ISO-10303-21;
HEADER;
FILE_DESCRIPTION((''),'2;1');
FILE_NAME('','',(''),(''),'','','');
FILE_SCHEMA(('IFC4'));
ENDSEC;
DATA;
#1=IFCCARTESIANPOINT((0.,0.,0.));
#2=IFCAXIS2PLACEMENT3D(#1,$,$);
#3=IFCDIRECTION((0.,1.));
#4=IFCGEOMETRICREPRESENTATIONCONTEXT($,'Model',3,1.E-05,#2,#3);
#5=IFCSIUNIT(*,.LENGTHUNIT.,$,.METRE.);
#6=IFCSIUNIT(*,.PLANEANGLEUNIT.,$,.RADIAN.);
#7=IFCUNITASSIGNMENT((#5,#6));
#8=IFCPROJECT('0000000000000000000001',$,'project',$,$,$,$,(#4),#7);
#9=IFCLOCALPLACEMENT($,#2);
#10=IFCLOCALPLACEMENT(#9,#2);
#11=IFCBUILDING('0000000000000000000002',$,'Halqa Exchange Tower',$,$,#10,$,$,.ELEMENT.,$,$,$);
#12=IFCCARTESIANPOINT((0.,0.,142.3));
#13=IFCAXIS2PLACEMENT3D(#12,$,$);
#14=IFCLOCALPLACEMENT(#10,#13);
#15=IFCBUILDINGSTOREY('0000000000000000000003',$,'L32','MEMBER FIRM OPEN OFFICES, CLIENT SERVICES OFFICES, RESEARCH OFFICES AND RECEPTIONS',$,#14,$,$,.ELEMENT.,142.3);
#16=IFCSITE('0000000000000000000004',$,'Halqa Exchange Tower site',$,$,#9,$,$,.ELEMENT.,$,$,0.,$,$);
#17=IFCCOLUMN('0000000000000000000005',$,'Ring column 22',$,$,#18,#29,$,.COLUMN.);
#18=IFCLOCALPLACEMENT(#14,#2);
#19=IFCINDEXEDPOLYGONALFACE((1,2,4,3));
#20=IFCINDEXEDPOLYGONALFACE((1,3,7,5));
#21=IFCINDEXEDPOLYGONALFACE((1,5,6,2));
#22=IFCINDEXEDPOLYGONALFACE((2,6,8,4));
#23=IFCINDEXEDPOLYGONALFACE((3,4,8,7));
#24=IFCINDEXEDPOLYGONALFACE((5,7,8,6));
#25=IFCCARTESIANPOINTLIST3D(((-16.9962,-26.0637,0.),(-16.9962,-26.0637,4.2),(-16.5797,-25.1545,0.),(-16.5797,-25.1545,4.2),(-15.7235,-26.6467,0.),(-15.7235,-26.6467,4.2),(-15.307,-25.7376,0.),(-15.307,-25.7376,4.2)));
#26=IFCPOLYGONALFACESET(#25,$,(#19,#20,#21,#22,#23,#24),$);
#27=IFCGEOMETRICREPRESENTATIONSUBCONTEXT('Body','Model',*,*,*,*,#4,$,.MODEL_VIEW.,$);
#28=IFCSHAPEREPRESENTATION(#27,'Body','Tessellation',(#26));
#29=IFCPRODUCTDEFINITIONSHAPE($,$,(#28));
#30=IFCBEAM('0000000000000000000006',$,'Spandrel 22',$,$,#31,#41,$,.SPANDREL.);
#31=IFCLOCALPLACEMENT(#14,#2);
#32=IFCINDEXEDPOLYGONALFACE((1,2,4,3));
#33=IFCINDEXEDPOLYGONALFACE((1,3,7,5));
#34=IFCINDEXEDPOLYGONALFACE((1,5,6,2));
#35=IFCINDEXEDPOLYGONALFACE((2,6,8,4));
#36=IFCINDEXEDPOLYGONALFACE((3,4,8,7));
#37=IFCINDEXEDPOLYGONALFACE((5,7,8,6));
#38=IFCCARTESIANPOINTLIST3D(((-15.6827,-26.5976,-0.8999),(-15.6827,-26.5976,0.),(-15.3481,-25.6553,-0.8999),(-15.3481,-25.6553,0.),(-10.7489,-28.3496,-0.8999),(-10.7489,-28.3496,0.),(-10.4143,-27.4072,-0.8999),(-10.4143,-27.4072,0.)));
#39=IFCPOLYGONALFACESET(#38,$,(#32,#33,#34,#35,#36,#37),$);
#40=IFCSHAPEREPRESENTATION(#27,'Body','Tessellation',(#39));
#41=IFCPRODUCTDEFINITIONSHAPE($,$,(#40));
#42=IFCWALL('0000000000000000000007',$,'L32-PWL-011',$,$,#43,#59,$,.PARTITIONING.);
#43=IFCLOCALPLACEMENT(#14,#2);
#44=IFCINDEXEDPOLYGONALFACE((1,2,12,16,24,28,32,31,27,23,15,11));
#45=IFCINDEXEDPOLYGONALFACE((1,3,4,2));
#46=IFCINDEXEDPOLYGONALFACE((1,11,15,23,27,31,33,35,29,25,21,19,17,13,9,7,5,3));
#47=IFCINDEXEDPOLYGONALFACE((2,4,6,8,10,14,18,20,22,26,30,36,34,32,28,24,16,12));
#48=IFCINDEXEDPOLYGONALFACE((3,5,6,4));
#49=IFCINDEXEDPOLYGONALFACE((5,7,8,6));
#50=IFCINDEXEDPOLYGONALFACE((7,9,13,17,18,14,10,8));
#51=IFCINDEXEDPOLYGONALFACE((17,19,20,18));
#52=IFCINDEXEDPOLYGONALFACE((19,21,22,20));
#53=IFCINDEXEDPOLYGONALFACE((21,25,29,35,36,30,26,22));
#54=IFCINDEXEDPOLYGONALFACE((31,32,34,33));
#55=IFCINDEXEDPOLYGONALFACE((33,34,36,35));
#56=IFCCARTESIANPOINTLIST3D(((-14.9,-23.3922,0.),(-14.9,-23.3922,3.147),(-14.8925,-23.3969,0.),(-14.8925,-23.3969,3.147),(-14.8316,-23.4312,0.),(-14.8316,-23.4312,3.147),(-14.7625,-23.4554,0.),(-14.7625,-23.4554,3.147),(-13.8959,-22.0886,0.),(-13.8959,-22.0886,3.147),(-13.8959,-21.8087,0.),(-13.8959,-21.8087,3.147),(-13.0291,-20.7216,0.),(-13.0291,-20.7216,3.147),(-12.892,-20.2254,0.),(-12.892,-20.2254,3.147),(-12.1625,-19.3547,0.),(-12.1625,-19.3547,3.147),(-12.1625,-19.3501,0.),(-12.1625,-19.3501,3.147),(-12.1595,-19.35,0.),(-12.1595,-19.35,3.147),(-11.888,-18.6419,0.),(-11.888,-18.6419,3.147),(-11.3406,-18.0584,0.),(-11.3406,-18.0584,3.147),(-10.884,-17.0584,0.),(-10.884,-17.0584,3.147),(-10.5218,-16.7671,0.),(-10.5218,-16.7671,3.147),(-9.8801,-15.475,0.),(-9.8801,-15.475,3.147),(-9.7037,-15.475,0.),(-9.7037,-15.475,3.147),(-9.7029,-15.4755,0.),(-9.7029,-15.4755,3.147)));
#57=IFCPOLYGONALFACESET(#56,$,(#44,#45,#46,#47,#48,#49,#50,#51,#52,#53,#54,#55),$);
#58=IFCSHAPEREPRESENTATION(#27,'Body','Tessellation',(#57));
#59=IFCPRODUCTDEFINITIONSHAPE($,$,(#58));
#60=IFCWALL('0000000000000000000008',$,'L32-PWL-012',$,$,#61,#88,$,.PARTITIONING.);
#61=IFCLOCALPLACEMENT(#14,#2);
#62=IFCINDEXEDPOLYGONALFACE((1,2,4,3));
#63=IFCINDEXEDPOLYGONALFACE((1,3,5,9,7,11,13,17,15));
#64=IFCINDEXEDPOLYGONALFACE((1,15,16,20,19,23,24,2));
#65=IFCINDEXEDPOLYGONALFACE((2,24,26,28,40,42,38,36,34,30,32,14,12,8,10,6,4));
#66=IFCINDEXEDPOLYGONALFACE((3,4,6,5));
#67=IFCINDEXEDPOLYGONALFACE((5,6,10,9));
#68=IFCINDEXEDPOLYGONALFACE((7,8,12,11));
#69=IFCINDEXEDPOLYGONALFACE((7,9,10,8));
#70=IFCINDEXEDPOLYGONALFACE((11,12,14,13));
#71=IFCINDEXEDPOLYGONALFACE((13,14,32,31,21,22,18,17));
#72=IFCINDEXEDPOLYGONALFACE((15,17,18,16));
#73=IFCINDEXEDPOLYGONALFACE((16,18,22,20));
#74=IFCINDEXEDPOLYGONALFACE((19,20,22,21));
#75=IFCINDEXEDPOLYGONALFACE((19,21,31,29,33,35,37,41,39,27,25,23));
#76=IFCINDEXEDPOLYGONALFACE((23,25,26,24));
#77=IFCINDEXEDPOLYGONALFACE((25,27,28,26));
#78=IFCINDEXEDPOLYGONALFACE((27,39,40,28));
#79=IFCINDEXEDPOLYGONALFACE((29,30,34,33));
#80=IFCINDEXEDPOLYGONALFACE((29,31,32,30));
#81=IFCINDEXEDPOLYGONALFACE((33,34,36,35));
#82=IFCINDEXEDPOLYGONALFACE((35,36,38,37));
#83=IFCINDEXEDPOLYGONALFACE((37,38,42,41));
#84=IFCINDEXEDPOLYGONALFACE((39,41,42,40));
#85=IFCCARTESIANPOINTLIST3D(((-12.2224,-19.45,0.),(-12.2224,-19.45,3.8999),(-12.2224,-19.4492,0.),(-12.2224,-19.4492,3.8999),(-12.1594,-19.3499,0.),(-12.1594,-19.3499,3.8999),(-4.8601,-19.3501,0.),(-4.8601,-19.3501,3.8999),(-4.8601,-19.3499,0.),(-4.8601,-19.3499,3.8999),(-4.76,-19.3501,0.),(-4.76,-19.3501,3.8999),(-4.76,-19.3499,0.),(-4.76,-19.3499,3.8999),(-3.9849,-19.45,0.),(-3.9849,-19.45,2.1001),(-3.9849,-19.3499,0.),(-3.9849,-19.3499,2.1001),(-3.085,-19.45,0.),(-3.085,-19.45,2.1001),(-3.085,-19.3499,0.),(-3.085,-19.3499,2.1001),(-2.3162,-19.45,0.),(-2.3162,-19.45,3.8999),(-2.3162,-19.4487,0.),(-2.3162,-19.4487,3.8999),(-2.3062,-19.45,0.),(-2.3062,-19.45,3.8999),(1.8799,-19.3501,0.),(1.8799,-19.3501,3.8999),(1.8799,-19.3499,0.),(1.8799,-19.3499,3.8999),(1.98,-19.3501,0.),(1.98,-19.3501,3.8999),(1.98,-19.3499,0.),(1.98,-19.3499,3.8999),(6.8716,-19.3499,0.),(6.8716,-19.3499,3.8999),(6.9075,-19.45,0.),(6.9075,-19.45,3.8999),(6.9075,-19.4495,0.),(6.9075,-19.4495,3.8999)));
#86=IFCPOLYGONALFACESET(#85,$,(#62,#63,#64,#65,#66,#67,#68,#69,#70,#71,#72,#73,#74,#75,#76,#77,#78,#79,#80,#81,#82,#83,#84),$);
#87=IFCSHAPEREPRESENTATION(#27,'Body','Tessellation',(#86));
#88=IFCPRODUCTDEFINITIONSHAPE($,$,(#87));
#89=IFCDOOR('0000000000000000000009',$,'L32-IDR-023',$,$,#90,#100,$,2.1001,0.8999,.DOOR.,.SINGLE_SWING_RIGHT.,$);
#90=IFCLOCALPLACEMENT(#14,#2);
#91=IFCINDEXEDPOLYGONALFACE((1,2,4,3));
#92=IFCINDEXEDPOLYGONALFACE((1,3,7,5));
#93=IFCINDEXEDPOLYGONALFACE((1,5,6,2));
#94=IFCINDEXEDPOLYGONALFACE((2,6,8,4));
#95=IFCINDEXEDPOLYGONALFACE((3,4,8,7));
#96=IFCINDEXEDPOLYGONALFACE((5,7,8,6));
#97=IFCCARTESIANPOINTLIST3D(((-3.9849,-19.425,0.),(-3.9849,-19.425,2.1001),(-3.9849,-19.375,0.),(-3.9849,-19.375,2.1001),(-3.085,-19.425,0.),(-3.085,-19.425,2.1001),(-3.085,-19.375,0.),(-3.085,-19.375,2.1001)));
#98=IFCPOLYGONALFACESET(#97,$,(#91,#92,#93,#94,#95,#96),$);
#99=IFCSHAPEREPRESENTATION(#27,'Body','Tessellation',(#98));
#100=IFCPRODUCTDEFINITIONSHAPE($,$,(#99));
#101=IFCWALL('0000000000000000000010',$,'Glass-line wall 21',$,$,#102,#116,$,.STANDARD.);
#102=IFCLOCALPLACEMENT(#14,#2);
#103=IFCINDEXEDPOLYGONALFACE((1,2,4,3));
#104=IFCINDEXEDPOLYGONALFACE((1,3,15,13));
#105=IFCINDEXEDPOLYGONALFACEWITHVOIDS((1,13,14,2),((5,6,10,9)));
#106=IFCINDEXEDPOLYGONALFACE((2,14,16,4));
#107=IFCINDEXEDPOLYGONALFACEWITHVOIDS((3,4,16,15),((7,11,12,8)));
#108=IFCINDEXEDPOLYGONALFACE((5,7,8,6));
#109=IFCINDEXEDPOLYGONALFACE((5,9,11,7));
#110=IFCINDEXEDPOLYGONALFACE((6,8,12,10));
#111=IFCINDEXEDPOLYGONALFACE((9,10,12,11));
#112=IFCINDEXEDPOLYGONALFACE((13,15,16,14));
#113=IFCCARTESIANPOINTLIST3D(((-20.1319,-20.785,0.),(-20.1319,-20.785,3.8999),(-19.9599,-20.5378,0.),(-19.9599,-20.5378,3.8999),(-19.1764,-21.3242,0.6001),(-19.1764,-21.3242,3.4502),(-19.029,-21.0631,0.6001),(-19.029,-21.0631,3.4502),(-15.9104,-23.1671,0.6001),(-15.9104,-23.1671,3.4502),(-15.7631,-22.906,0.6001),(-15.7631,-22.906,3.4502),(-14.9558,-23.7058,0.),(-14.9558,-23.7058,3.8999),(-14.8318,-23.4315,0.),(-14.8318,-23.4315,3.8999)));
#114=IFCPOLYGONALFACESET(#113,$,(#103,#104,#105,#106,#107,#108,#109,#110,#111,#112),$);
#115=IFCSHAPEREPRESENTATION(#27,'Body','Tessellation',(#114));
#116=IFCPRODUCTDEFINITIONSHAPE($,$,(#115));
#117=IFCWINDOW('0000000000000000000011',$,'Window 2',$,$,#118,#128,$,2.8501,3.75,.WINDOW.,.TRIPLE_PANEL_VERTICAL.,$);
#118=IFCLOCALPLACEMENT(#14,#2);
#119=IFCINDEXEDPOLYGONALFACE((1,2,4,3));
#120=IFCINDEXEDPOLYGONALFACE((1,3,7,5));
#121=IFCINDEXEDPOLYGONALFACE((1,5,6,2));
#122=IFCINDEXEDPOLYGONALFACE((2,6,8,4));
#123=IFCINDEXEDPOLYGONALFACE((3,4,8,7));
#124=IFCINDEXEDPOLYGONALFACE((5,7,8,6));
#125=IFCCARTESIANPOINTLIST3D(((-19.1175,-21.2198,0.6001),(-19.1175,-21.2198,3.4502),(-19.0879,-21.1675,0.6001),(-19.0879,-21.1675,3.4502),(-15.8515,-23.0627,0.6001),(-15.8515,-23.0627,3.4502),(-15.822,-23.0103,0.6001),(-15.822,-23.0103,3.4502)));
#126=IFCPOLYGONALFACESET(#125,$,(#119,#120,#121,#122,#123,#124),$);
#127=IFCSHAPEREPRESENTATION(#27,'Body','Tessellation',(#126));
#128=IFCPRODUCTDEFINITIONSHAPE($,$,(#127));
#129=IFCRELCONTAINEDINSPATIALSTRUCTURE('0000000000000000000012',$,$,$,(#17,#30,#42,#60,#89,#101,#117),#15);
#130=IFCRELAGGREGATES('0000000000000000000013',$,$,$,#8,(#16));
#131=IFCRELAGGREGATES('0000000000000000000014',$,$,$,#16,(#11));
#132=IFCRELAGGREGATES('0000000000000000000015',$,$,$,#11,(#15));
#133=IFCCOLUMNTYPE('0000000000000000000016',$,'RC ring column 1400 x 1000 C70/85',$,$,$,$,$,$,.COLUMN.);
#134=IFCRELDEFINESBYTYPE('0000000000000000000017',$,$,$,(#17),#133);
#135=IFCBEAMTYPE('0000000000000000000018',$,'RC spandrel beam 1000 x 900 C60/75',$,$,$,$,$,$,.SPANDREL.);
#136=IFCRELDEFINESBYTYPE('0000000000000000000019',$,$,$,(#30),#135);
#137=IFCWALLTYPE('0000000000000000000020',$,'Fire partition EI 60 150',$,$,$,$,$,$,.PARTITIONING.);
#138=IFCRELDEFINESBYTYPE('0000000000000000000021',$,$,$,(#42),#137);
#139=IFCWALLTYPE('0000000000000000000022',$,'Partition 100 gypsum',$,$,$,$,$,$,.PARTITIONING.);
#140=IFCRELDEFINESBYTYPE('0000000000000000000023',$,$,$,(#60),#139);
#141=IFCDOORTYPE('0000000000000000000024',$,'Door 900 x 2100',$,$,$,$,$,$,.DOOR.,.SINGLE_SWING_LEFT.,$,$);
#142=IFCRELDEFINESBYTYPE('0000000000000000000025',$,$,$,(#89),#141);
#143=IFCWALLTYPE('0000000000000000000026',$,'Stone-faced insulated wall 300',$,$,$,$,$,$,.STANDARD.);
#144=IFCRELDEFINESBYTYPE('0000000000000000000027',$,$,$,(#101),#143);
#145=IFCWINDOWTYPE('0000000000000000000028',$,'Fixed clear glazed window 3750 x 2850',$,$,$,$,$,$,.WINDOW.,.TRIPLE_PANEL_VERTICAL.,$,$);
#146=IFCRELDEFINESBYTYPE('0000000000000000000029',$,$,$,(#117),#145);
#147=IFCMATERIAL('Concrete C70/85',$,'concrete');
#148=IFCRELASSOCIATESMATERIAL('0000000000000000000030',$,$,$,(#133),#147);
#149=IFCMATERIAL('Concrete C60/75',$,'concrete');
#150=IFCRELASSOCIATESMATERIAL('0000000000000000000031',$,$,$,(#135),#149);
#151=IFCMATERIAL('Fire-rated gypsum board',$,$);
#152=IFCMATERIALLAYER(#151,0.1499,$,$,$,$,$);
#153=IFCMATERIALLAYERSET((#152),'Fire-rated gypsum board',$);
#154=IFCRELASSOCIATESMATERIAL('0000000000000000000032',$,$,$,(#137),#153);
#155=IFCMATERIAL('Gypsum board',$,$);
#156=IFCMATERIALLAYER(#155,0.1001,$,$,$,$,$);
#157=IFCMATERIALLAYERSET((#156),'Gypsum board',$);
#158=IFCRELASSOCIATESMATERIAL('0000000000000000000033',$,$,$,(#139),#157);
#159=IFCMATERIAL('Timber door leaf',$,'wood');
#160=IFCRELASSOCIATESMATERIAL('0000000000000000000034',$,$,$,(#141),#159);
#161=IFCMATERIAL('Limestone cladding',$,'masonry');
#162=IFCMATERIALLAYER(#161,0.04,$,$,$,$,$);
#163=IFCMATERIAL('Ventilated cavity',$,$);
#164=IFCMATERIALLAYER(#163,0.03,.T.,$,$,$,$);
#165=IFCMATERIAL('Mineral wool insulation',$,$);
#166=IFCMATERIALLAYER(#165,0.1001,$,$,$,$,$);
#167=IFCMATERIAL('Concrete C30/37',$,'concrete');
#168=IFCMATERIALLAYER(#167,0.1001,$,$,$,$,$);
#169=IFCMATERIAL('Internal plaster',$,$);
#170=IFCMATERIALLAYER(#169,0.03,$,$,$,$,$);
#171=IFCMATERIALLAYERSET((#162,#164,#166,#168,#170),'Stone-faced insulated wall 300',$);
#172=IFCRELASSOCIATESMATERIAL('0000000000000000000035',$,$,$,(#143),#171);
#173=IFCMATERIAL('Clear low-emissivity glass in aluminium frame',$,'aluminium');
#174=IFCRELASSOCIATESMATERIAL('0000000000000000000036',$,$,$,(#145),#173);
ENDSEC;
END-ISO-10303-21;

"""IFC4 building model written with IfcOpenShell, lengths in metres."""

from ifc_helpers import new_model, si_unit, direction, frame, frame_2d, origin, origin_2d, place, context, subcontext, project, spatial, polyline, rectangle, outline, extrude, material, layer, layer_set, material_profile, profile_set, type_object, element, fill, save


model = new_model("IFC4")

# Units and contexts
model_context = context("Model", 3, precision=1e-05, world=origin(), true_north=direction((0.0, 1.0)))
body_context = subcontext(model_context, "Body", "Model", "MODEL_VIEW")
ifc_project = project(units=[si_unit("LENGTHUNIT", "METRE"), si_unit("PLANEANGLEUNIT", "RADIAN")], contexts=[model_context])

# Site, building, storey
site_placement = place(None, origin())
site = spatial("IfcSite", under=ifc_project, at=site_placement, Name="Halqa Exchange Tower site", CompositionType="ELEMENT", RefElevation=0.0)
building_placement = place(site_placement, origin())
building = spatial("IfcBuilding", under=site, at=building_placement, Name="Halqa Exchange Tower", CompositionType="ELEMENT")
storey_placement = place(building_placement, frame((0.0, 0.0, 142.3)))
storey = spatial("IfcBuildingStorey", under=building, at=storey_placement, Name="L32", Description="MEMBER FIRM OPEN OFFICES, CLIENT SERVICES OFFICES, RESEARCH OFFICES AND RECEPTIONS", CompositionType="ELEMENT", Elevation=142.3)

# Column
ifc_material_1 = material(Name="Concrete C70/85", Category="concrete")
ifc_material_profile_1 = material_profile(ifc_material_1, rectangle(XDim=1.3999, YDim=1.0, at=origin_2d()), Name="1400 x 1000")
ifc_profile_set_1 = profile_set([ifc_material_profile_1], Name="Concrete C70/85")
column_type = type_object("IfcColumnType", Name="RC ring column 1400 x 1000 C70/85", PredefinedType="COLUMN", material=ifc_profile_set_1)
column_placement = place(storey_placement, frame((-16.1516, -25.9006, 0.0), z_axis=(0.0, 0.0, 1.0), x_axis=(0.909127, -0.416519, 0.0)))
element("IfcColumn", 1, at=column_placement, inside=storey, type_object=column_type, Name="Ring column 22", PredefinedType="COLUMN", context=body_context, shape_type="SweptSolid", body=[
    extrude(rectangle(XDim=1.3999, YDim=1.0, at=origin_2d()), origin(), (0.0, 0.0, 1.0), 4.2),
])

# Beam
ifc_material_2 = material(Name="Concrete C60/75", Category="concrete")
ifc_material_profile_2 = material_profile(ifc_material_2, rectangle(XDim=1.0, YDim=0.8999, at=origin_2d()), Name="1000 x 900")
ifc_profile_set_2 = profile_set([ifc_material_profile_2], Name="Concrete C60/75")
beam_type = type_object("IfcBeamType", Name="RC spandrel beam 1000 x 900 C60/75", PredefinedType="SPANDREL", material=ifc_profile_set_2)
beam_placement = place(storey_placement, frame((-15.5154, -26.1265, -0.45), z_axis=(0.942353, -0.33462, 0.0), x_axis=(0.33462, 0.942353, 0.0)))
element("IfcBeam", 2, at=beam_placement, inside=storey, type_object=beam_type, Name="Spandrel 22", PredefinedType="SPANDREL", context=body_context, shape_type="SweptSolid", body=[
    extrude(rectangle(XDim=1.0, YDim=0.8999, at=origin_2d()), origin(), (0.0, 0.0, 1.0), 5.2356),
])

# Shared definitions
ifc_material_3 = material(Name="Fire-rated gypsum board")
ifc_layer_1 = layer(ifc_material_3, 0.1499)
ifc_layer_set_1 = layer_set([ifc_layer_1], Name="Fire-rated gypsum board")
wall_type_1 = type_object("IfcWallType", Name="Fire partition EI 60 150", PredefinedType="PARTITIONING", material=ifc_layer_set_1)

# Wall
wall_1_placement = place(storey_placement, frame((-14.8367, -23.4324, 0.0), z_axis=(0.0, 0.0, 1.0), x_axis=(0.535485, 0.844545, 0.0)))
element("IfcWall", 3, at=wall_1_placement, inside=storey, type_object=wall_type_1, Name="L32-PWL-011", PredefinedType="PARTITIONING", context=body_context, shape_type="SweptSolid", body=[
    extrude(outline(polyline([(0.0203, -0.075), (1.6387, -0.075), (3.2573, -0.075), (4.8757, -0.075), (4.8796, -0.0725), (4.8813, -0.075), (6.4106, -0.075), (7.9397, -0.075), (9.469, -0.075), (9.469, -0.074), (9.3745, 0.075), (7.4998, 0.075), (5.6248, 0.075), (3.7498, 0.075), (1.875, 0.075), (0.0, 0.075), (0.0, 0.0662), (0.0037, -0.0037), (0.0203, -0.075)])), origin(), (0.0, 0.0, 1.0), 3.147),
])

# Wall, opening, door
ifc_material_4 = material(Name="Gypsum board")
ifc_layer_2 = layer(ifc_material_4, 0.1001)
ifc_layer_set_2 = layer_set([ifc_layer_2], Name="Gypsum board")
wall_type_2 = type_object("IfcWallType", Name="Partition 100 gypsum", PredefinedType="PARTITIONING", material=ifc_layer_set_2)
wall_2_placement = place(storey_placement, frame((-12.2224, -19.3999, 0.0), z_axis=(0.0, 0.0, 1.0), x_axis=(1.0, 0.0, 0.0)))
wall_2 = element("IfcWall", 4, at=wall_2_placement, inside=storey, type_object=wall_type_2, Name="L32-PWL-012", PredefinedType="PARTITIONING", context=body_context, shape_type="SweptSolid", body=[
    extrude(outline(polyline([(0.0, -0.05), (1.9812, -0.05), (3.9624, -0.05), (5.9436, -0.05), (7.925, -0.05), (9.9062, -0.05), (9.9062, -0.0488), (9.9163, -0.05), (11.759, -0.05), (13.6016, -0.05), (15.4443, -0.05), (17.2871, -0.05), (19.1299, -0.05), (19.1299, -0.0496), (19.094, 0.05), (17.4636, 0.05), (15.833, 0.05), (14.2024, 0.05), (14.2024, 0.0498), (14.1023, 0.0498), (14.1023, 0.05), (12.4424, 0.05), (10.7825, 0.05), (9.1223, 0.05), (7.4624, 0.05), (7.4624, 0.0498), (7.3623, 0.0498), (7.3623, 0.05), (5.5376, 0.05), (3.7126, 0.05), (1.8879, 0.05), (0.063, 0.05), (0.0, -0.0493), (0.0, -0.05)])), origin(), (0.0, 0.0, 1.0), 3.8999),
])
opening_1_placement = place(wall_2_placement, frame((8.2375, 0.0, 0.0)))
opening_1 = element("IfcOpeningElement", 5, at=opening_1_placement, cuts=wall_2, PredefinedType="OPENING", context=body_context, shape_type="SweptSolid", body=[
    extrude(rectangle(XDim=0.8999, YDim=2.1001, at=frame_2d((0.45, 1.05))), frame((0.0, 0.062, 0.0), z_axis=(0.0, -1.0, 0.0), x_axis=(1.0, 0.0, 0.0)), (0.0, 0.0, 1.0), 0.124),
])
ifc_material_5 = material(Name="Timber door leaf", Category="wood")
door_type_1 = type_object("IfcDoorType", Name="Door 900 x 2100", OperationType="SINGLE_SWING_LEFT", PredefinedType="DOOR", material=ifc_material_5)
door_1_placement = place(opening_1_placement, origin())
door_1 = element("IfcDoor", 6, at=door_1_placement, inside=storey, type_object=door_type_1, Name="L32-IDR-023", OperationType="SINGLE_SWING_RIGHT", OverallHeight=2.1001, OverallWidth=0.8999, PredefinedType="DOOR", context=body_context, shape_type="SweptSolid", body=[
    extrude(rectangle(XDim=0.8999, YDim=2.1001, at=frame_2d((0.45, 1.05))), frame((0.0, 0.0249, 0.0), z_axis=(0.0, -1.0, 0.0), x_axis=(1.0, 0.0, 0.0)), (0.0, 0.0, 1.0), 0.05),
])
fill(opening_1, door_1)

# Wall, opening, window
ifc_material_6 = material(Name="Limestone cladding", Category="masonry")
ifc_layer_3 = layer(ifc_material_6, 0.04)
ifc_material_7 = material(Name="Ventilated cavity")
ifc_layer_4 = layer(ifc_material_7, 0.03, ventilated=True)
ifc_material_8 = material(Name="Mineral wool insulation")
ifc_layer_5 = layer(ifc_material_8, 0.1001)
ifc_material_9 = material(Name="Concrete C30/37", Category="concrete")
ifc_layer_6 = layer(ifc_material_9, 0.1001)
ifc_material_10 = material(Name="Internal plaster")
ifc_layer_7 = layer(ifc_material_10, 0.03)
ifc_layer_set_3 = layer_set([ifc_layer_3, ifc_layer_4, ifc_layer_5, ifc_layer_6, ifc_layer_7], Name="Stone-faced insulated wall 300")
wall_type_3 = type_object("IfcWallType", Name="Stone-faced insulated wall 300", PredefinedType="STANDARD", material=ifc_layer_set_3)
wall_3_placement = place(storey_placement, frame((-20.0459, -20.6614, 0.0), z_axis=(0.0, 0.0, 1.0), x_axis=(0.870912, -0.491438, 0.0)))
wall_3 = element("IfcWall", 7, at=wall_3_placement, inside=storey, type_object=wall_type_3, Name="Glass-line wall 21", PredefinedType="STANDARD", context=body_context, shape_type="SweptSolid", body=[
    extrude(outline(polyline([(-0.0142, -0.1499), (5.9292, -0.1499), (5.9023, 0.1499), (0.0142, 0.1499), (-0.0142, -0.1499)])), origin(), (0.0, 0.0, 1.0), 3.8999),
])
opening_2_placement = place(wall_3_placement, frame((1.083, 0.0, 0.6001)))
opening_2 = element("IfcOpeningElement", 8, at=opening_2_placement, cuts=wall_3, PredefinedType="OPENING", context=body_context, shape_type="SweptSolid", body=[
    extrude(rectangle(XDim=3.75, YDim=2.8501, at=frame_2d((1.875, 1.425))), frame((0.0, 0.1621, 0.0), z_axis=(0.0, -1.0, 0.0), x_axis=(1.0, 0.0, 0.0)), (0.0, 0.0, 1.0), 0.324),
])
ifc_material_11 = material(Name="Clear low-emissivity glass in aluminium frame", Category="aluminium")
window_type = type_object("IfcWindowType", Name="Fixed clear glazed window 3750 x 2850", PartitioningType="TRIPLE_PANEL_VERTICAL", PredefinedType="WINDOW", material=ifc_material_11)
window_1_placement = place(opening_2_placement, origin())
window_1 = element("IfcWindow", 9, at=window_1_placement, inside=storey, type_object=window_type, Name="Window 2", OverallHeight=2.8501, OverallWidth=3.75, PartitioningType="TRIPLE_PANEL_VERTICAL", PredefinedType="WINDOW", context=body_context, shape_type="SweptSolid", body=[
    extrude(rectangle(XDim=3.75, YDim=2.8501, at=frame_2d((1.875, 1.425))), frame((0.0, 0.03, 0.0), z_axis=(0.0, -1.0, 0.0), x_axis=(1.0, 0.0, 0.0)), (0.0, 0.0, 1.0), 0.0601),
])
fill(opening_2, window_1)

save(model, "model.ifc")
